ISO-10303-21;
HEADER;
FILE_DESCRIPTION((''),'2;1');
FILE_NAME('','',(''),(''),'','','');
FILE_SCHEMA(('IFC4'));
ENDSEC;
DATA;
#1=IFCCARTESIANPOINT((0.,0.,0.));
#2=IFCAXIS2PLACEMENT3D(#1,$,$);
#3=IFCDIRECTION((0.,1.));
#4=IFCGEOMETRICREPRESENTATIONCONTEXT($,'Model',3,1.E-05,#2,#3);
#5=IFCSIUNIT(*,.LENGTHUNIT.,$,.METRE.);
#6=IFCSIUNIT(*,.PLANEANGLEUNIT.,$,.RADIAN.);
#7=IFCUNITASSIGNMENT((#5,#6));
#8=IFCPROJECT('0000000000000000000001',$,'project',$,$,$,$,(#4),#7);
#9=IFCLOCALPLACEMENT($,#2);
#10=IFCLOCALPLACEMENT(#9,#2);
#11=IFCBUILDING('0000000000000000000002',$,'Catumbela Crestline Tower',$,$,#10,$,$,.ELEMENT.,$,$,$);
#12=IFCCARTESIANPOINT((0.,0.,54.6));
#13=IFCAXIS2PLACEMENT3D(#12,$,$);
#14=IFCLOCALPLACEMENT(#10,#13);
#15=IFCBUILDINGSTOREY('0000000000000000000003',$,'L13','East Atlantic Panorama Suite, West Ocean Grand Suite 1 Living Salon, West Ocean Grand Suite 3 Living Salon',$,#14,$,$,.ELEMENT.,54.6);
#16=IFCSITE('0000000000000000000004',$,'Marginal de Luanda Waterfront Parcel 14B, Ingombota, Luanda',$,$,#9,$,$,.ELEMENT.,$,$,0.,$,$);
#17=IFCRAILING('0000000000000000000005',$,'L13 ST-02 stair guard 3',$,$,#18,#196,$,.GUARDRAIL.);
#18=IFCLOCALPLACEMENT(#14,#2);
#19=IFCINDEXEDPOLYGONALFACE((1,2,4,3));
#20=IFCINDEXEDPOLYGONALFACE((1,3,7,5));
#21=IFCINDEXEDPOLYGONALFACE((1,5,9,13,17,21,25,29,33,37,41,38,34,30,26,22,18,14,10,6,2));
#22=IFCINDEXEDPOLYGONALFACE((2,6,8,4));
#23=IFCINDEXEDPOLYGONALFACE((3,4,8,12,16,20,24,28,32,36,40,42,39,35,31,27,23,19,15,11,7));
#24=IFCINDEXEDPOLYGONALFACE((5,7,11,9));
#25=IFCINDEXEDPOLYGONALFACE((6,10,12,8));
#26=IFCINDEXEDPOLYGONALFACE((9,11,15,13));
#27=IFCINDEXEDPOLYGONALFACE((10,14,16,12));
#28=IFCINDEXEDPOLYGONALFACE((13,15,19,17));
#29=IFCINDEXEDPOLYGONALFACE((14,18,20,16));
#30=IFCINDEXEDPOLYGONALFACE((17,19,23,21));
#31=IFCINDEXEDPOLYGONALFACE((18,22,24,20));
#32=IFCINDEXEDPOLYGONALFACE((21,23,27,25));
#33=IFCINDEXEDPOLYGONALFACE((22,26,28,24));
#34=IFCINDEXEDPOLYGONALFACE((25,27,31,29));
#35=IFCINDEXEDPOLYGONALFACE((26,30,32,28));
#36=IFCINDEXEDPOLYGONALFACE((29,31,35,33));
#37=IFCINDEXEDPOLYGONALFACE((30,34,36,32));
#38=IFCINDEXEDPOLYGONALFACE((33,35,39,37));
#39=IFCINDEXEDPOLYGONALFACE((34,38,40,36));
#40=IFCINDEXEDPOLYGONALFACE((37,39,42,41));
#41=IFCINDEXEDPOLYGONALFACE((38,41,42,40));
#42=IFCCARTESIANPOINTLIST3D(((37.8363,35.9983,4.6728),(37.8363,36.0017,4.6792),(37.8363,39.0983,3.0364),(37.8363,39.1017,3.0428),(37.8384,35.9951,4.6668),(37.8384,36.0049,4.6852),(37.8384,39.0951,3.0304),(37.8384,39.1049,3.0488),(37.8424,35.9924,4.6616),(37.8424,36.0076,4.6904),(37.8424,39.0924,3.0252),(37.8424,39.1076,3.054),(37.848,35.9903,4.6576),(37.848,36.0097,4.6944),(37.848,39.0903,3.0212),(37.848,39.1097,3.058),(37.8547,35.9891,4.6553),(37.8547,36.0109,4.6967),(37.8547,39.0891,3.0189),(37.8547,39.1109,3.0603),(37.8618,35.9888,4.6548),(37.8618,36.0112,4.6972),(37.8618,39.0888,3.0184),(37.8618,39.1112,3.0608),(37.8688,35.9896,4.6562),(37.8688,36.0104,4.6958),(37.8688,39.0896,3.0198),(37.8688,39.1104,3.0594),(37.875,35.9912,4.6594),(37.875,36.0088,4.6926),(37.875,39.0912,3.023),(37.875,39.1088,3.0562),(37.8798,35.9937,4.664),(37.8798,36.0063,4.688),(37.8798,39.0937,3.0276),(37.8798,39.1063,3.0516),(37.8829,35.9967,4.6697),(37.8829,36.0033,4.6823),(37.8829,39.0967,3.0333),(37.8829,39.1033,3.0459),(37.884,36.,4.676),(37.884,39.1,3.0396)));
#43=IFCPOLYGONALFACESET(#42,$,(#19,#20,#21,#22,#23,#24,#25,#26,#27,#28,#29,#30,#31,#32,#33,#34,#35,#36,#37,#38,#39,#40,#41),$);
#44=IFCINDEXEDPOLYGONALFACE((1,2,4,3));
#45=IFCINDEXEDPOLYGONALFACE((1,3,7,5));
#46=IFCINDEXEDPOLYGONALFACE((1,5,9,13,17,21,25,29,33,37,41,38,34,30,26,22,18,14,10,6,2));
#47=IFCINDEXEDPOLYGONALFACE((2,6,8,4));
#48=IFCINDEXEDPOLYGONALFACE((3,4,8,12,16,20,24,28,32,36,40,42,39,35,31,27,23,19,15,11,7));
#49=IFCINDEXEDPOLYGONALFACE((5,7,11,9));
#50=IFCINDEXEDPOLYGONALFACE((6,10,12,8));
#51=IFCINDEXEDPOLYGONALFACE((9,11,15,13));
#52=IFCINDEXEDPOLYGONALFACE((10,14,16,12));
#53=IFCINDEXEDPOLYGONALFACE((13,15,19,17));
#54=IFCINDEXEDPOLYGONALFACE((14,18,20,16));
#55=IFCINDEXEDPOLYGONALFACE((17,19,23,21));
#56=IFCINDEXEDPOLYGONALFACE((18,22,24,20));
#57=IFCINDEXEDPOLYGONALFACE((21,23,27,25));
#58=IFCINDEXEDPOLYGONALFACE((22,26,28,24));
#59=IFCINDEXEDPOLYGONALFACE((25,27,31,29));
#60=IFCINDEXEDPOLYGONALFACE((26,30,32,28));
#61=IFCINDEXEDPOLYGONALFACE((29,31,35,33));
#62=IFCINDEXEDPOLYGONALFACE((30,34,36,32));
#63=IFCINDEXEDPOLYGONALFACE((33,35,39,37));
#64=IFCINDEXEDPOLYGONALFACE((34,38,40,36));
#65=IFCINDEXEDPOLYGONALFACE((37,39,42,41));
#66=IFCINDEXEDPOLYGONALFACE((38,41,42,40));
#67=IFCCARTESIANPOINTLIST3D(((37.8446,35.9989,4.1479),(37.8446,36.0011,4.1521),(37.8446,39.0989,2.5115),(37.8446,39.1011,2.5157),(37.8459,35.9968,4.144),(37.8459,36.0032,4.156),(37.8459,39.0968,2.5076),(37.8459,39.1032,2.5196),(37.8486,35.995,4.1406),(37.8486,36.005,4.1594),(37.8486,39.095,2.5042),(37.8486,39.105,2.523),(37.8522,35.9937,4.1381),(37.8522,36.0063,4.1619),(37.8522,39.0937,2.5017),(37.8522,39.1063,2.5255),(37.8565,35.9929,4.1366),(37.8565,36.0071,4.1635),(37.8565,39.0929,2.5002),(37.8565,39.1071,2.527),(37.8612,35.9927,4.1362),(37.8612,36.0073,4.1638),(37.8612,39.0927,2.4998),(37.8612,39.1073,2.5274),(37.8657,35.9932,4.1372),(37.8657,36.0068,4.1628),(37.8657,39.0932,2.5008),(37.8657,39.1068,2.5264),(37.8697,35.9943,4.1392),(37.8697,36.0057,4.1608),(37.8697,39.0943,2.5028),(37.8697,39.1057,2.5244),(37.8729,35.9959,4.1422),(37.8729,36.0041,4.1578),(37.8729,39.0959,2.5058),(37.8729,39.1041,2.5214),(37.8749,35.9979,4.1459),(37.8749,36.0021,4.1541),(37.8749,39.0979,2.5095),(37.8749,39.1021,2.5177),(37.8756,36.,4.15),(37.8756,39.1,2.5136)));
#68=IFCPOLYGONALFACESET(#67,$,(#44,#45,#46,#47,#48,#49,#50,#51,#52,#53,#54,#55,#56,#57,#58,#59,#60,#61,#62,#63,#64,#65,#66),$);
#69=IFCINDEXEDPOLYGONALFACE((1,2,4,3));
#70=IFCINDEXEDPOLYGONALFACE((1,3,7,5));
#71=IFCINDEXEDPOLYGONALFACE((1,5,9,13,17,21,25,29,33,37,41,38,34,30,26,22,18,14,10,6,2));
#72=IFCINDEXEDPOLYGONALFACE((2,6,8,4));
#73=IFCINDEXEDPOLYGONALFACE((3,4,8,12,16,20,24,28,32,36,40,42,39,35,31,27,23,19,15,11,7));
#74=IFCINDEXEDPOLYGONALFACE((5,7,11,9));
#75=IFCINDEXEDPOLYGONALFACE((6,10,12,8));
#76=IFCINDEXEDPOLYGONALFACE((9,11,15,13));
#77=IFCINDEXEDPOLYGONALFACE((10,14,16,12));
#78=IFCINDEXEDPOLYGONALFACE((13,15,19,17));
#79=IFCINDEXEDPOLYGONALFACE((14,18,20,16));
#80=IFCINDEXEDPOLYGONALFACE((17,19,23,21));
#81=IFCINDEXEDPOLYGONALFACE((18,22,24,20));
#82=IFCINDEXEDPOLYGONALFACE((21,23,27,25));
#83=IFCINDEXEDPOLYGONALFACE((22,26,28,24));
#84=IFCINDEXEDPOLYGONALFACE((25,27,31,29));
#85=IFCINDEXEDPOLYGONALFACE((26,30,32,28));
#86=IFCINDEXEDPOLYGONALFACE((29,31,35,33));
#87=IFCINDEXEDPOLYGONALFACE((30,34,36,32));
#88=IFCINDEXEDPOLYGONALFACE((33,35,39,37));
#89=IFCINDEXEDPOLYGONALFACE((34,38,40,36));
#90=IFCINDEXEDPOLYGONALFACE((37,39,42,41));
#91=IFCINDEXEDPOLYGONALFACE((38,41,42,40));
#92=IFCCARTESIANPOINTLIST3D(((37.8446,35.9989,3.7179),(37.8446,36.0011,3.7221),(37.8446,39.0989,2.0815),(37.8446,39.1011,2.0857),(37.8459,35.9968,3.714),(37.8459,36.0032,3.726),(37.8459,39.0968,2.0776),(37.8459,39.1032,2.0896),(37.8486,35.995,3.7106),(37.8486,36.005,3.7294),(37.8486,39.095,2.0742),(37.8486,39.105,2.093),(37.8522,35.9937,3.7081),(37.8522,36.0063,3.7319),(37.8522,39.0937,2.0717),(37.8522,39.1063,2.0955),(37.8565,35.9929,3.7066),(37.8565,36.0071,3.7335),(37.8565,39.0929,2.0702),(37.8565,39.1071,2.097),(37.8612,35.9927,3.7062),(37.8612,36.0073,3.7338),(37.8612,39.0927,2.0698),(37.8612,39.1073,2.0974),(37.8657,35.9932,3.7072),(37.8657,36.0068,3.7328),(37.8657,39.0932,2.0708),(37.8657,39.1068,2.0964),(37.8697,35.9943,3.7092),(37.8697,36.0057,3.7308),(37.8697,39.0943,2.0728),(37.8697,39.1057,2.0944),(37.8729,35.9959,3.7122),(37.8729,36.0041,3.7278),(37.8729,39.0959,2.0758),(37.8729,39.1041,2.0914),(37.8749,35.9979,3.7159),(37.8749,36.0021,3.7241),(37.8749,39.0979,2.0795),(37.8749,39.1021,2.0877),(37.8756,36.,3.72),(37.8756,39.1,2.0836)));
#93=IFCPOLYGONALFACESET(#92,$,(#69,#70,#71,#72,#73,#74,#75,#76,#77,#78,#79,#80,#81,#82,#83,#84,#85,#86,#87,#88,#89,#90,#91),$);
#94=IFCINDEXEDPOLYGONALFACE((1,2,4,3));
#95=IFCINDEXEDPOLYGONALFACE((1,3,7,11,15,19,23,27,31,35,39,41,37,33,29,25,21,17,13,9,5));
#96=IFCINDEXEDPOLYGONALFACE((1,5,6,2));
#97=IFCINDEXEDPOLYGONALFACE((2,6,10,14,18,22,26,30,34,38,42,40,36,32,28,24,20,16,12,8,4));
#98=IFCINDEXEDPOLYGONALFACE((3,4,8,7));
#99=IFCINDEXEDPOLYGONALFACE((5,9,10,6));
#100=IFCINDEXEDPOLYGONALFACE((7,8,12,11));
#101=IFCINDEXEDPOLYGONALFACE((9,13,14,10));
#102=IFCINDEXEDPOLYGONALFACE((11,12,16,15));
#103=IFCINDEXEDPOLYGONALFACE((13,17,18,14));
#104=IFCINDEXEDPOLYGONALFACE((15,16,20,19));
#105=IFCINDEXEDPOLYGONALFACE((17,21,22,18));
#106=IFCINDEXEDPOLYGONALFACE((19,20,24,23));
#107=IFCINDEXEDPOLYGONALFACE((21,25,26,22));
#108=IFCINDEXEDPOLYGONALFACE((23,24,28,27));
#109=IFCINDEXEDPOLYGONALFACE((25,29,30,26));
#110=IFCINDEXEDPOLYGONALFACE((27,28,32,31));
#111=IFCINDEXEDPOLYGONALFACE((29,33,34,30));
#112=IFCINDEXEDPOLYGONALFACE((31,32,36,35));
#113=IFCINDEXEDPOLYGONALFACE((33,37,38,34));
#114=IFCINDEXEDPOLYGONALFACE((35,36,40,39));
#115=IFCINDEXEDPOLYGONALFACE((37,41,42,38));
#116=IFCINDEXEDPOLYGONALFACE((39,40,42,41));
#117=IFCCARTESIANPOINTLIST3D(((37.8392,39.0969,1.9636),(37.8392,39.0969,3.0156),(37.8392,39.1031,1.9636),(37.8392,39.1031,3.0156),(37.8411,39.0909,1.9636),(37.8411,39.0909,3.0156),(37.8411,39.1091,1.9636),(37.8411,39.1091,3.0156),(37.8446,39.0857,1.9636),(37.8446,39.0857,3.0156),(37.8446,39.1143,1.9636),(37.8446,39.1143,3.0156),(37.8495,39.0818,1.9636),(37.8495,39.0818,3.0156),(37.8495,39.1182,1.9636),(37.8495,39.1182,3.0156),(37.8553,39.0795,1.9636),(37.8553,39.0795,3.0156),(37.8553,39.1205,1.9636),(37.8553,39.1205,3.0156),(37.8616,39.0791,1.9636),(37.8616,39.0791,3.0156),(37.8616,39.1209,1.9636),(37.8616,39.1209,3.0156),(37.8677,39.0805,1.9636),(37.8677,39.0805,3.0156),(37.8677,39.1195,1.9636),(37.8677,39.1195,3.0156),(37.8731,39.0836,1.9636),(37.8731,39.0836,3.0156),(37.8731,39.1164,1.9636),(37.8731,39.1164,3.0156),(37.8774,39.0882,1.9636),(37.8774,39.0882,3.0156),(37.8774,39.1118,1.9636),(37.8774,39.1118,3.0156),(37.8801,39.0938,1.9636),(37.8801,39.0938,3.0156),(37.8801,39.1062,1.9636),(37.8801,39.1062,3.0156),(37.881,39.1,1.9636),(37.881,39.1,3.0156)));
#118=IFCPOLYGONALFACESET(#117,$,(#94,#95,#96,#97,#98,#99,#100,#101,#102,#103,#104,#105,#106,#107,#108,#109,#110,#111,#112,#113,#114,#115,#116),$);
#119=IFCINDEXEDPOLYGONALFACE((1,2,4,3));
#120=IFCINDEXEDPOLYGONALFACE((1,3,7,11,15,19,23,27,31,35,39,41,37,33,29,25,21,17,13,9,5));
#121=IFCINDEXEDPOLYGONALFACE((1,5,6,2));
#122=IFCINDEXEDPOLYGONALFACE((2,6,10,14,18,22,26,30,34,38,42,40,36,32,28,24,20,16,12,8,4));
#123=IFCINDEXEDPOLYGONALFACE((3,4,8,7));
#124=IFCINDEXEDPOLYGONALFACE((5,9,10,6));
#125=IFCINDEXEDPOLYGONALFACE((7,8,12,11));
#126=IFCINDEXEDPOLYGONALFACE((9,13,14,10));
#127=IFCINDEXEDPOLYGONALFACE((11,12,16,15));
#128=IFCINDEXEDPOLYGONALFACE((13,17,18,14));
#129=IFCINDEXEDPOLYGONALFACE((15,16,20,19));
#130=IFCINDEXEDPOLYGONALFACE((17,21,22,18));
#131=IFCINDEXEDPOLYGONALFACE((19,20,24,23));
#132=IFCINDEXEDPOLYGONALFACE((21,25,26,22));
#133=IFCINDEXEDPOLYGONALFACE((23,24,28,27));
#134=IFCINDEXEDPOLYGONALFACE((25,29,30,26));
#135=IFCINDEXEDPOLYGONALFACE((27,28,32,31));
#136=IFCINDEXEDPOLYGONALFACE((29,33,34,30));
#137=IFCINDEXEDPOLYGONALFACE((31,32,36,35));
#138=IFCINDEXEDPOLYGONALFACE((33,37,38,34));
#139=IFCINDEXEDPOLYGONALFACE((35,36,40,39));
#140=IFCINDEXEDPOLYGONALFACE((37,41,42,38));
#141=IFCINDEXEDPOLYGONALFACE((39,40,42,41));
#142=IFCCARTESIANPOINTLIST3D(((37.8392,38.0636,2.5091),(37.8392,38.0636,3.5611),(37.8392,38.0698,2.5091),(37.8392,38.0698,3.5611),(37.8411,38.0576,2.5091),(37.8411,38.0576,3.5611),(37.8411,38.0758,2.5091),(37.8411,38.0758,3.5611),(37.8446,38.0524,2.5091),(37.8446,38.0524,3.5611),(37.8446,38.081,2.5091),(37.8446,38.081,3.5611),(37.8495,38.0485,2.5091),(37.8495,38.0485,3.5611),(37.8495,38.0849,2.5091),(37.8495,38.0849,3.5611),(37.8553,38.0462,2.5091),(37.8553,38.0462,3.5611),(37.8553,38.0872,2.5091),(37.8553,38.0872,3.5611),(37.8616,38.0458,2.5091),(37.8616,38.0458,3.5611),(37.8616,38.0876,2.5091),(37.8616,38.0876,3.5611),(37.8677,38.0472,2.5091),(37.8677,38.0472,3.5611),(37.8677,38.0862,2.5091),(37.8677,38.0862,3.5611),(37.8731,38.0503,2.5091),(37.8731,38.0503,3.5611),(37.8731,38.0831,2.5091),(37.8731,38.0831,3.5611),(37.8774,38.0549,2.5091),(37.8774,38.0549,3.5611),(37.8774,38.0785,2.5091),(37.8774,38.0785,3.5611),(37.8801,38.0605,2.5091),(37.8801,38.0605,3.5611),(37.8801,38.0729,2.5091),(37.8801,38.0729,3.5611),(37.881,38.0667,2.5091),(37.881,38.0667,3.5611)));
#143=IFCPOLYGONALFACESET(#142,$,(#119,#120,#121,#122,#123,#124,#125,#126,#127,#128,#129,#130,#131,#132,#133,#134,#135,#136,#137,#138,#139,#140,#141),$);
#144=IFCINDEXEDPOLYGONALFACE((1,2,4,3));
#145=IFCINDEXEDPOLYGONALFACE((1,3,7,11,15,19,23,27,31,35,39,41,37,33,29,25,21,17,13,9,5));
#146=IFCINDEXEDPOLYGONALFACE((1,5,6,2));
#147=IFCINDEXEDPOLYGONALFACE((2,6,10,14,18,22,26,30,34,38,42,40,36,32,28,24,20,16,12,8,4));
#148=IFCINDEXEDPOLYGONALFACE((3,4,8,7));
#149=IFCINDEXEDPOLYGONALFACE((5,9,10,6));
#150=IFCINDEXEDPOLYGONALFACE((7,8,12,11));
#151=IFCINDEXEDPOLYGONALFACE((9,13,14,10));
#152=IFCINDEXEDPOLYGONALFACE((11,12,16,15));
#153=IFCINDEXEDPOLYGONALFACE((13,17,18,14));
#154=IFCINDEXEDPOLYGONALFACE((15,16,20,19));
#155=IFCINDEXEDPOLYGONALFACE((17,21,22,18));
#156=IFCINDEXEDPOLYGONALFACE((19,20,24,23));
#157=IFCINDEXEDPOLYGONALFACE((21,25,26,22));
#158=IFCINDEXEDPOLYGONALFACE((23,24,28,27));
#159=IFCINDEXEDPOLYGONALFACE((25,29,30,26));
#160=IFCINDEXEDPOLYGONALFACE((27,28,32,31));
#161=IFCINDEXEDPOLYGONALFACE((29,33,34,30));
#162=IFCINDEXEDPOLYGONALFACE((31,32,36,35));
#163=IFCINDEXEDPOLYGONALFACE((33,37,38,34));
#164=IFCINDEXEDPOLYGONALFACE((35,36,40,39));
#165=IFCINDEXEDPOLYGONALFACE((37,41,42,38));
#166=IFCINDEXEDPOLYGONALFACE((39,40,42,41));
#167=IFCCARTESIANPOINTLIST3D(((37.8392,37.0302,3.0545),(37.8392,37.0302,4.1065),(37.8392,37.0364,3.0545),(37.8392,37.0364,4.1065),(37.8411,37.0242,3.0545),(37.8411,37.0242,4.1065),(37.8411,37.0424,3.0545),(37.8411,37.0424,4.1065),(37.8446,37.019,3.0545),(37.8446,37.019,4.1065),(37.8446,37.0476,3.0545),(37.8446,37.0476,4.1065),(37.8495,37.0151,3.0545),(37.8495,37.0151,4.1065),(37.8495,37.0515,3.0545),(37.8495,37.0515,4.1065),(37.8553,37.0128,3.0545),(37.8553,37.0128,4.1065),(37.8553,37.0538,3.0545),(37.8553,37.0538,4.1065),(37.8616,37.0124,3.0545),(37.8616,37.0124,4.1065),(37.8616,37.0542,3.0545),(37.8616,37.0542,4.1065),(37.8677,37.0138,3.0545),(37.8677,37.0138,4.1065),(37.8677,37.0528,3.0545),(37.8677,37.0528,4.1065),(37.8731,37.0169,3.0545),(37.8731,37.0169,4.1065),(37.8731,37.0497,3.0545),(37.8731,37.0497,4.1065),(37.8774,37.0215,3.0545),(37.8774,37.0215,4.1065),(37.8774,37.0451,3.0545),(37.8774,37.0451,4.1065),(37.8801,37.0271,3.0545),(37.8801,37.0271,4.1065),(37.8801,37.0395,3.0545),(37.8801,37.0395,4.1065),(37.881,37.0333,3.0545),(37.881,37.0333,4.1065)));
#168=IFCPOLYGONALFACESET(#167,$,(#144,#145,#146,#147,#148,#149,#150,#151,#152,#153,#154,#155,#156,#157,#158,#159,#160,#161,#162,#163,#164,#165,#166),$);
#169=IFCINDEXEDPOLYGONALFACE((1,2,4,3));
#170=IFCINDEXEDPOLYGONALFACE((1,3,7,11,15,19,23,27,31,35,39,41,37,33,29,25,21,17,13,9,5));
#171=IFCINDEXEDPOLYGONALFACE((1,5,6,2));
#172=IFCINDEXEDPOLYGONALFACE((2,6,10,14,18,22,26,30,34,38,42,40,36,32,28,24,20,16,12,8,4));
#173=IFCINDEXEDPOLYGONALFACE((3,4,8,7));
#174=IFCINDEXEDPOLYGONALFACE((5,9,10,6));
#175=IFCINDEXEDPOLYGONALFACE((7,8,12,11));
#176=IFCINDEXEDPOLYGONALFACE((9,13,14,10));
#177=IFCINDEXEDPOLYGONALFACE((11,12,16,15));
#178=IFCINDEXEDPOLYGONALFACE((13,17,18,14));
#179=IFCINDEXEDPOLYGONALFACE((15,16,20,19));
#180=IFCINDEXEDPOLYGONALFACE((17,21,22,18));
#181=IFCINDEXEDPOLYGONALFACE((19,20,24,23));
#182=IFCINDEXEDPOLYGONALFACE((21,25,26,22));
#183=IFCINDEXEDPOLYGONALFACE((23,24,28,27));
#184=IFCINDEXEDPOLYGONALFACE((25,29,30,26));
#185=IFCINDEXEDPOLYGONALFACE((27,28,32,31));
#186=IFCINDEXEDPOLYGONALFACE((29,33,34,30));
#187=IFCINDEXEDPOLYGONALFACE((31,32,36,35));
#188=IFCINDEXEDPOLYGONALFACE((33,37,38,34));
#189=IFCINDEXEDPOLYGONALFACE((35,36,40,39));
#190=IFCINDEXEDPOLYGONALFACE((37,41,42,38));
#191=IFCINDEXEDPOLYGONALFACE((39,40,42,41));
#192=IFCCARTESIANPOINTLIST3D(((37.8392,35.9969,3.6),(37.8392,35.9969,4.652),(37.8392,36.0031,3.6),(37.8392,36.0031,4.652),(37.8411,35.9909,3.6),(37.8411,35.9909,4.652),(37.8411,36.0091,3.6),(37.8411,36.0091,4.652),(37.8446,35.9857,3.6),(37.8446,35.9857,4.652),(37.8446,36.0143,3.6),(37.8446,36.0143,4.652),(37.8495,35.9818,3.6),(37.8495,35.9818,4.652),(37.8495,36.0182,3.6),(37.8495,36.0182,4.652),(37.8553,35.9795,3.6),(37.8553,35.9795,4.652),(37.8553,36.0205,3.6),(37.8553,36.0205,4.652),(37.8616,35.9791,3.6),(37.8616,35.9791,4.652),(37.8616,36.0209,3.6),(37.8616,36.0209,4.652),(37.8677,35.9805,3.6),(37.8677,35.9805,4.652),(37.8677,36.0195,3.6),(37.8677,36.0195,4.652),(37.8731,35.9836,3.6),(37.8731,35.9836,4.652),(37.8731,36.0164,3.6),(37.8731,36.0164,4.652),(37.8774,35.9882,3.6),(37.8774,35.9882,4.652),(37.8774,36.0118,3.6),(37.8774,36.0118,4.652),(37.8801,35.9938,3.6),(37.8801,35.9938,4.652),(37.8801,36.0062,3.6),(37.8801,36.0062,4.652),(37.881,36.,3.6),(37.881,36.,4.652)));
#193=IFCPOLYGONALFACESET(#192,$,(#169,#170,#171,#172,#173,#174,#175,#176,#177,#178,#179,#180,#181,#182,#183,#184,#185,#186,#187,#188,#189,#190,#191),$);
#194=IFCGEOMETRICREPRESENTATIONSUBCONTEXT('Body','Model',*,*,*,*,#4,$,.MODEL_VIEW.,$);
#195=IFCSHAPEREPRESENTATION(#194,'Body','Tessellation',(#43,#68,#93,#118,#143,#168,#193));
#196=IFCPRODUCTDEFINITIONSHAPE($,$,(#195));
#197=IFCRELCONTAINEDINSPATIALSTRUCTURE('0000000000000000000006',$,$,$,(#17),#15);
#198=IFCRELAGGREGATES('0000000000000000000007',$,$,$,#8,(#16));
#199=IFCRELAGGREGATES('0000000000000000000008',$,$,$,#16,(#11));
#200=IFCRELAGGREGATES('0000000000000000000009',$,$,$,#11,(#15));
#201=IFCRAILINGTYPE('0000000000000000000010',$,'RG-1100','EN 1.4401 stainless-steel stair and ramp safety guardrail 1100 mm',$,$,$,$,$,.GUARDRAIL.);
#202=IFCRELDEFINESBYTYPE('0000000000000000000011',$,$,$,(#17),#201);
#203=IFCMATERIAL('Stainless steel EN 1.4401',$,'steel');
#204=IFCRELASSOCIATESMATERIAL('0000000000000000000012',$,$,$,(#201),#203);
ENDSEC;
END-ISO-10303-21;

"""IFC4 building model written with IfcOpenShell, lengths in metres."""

from ifc_helpers import new_model, si_unit, direction, frame, origin, origin_2d, place, context, subcontext, project, spatial, circle, extrude, material, type_object, element, save


model = new_model("IFC4")

# Units and contexts
model_context = context("Model", 3, precision=1e-05, world=origin(), true_north=direction((0.0, 1.0)))
body_context = subcontext(model_context, "Body", "Model", "MODEL_VIEW")
ifc_project = project(units=[si_unit("LENGTHUNIT", "METRE"), si_unit("PLANEANGLEUNIT", "RADIAN")], contexts=[model_context])

# Site, building, storey
site_placement = place(None, origin())
site = spatial("IfcSite", under=ifc_project, at=site_placement, Name="Marginal de Luanda Waterfront Parcel 14B, Ingombota, Luanda", CompositionType="ELEMENT", RefElevation=0.0)
building_placement = place(site_placement, origin())
building = spatial("IfcBuilding", under=site, at=building_placement, Name="Catumbela Crestline Tower", CompositionType="ELEMENT")
storey_placement = place(building_placement, frame((0.0, 0.0, 54.6)))
storey = spatial("IfcBuildingStorey", under=building, at=storey_placement, Name="L13", Description="East Atlantic Panorama Suite, West Ocean Grand Suite 1 Living Salon, West Ocean Grand Suite 3 Living Salon", CompositionType="ELEMENT", Elevation=54.6)

# Shared definitions
ifc_material_1 = material(Name="Stainless steel EN 1.4401", Category="steel")

# Railing
railing_type_1 = type_object("IfcRailingType", Name="RG-1100", Description="EN 1.4401 stainless-steel stair and ramp safety guardrail 1100 mm", PredefinedType="GUARDRAIL", material=ifc_material_1)
railing_1_placement = place(storey_placement, frame((37.86, 39.1, 1.9636)))
element("IfcRailing", 1, at=railing_1_placement, inside=storey, type_object=railing_type_1, Name="L13 ST-02 stair guard 3", PredefinedType="GUARDRAIL", context=body_context, shape_type="SweptSolid", body=[
    extrude(circle(Radius=0.024, at=origin_2d()), frame((0.0, 0.0, 1.076), z_axis=(0.0, -0.884351, 0.466823), x_axis=(1.0, 0.0, 0.0)), (0.0, 0.0, 1.0), 3.5054),
    extrude(circle(Radius=0.0156, at=origin_2d()), frame((0.0, 0.0, 0.55), z_axis=(0.0, -0.884351, 0.466823), x_axis=(1.0, 0.0, 0.0)), (0.0, 0.0, 1.0), 3.5054),
    extrude(circle(Radius=0.0156, at=origin_2d()), frame((0.0, 0.0, 0.12), z_axis=(0.0, -0.884351, 0.466823), x_axis=(1.0, 0.0, 0.0)), (0.0, 0.0, 1.0), 3.5054),
    extrude(circle(Radius=0.021, at=origin_2d()), origin(), (0.0, 0.0, 1.0), 1.052),
    extrude(circle(Radius=0.021, at=origin_2d()), frame((0.0, -1.0333, 0.5455)), (0.0, 0.0, 1.0), 1.052),
    extrude(circle(Radius=0.021, at=origin_2d()), frame((0.0, -2.0667, 1.0909)), (0.0, 0.0, 1.0), 1.052),
    extrude(circle(Radius=0.021, at=origin_2d()), frame((0.0, -3.1, 1.6364)), (0.0, 0.0, 1.0), 1.052),
])

save(model, "model.ifc")
